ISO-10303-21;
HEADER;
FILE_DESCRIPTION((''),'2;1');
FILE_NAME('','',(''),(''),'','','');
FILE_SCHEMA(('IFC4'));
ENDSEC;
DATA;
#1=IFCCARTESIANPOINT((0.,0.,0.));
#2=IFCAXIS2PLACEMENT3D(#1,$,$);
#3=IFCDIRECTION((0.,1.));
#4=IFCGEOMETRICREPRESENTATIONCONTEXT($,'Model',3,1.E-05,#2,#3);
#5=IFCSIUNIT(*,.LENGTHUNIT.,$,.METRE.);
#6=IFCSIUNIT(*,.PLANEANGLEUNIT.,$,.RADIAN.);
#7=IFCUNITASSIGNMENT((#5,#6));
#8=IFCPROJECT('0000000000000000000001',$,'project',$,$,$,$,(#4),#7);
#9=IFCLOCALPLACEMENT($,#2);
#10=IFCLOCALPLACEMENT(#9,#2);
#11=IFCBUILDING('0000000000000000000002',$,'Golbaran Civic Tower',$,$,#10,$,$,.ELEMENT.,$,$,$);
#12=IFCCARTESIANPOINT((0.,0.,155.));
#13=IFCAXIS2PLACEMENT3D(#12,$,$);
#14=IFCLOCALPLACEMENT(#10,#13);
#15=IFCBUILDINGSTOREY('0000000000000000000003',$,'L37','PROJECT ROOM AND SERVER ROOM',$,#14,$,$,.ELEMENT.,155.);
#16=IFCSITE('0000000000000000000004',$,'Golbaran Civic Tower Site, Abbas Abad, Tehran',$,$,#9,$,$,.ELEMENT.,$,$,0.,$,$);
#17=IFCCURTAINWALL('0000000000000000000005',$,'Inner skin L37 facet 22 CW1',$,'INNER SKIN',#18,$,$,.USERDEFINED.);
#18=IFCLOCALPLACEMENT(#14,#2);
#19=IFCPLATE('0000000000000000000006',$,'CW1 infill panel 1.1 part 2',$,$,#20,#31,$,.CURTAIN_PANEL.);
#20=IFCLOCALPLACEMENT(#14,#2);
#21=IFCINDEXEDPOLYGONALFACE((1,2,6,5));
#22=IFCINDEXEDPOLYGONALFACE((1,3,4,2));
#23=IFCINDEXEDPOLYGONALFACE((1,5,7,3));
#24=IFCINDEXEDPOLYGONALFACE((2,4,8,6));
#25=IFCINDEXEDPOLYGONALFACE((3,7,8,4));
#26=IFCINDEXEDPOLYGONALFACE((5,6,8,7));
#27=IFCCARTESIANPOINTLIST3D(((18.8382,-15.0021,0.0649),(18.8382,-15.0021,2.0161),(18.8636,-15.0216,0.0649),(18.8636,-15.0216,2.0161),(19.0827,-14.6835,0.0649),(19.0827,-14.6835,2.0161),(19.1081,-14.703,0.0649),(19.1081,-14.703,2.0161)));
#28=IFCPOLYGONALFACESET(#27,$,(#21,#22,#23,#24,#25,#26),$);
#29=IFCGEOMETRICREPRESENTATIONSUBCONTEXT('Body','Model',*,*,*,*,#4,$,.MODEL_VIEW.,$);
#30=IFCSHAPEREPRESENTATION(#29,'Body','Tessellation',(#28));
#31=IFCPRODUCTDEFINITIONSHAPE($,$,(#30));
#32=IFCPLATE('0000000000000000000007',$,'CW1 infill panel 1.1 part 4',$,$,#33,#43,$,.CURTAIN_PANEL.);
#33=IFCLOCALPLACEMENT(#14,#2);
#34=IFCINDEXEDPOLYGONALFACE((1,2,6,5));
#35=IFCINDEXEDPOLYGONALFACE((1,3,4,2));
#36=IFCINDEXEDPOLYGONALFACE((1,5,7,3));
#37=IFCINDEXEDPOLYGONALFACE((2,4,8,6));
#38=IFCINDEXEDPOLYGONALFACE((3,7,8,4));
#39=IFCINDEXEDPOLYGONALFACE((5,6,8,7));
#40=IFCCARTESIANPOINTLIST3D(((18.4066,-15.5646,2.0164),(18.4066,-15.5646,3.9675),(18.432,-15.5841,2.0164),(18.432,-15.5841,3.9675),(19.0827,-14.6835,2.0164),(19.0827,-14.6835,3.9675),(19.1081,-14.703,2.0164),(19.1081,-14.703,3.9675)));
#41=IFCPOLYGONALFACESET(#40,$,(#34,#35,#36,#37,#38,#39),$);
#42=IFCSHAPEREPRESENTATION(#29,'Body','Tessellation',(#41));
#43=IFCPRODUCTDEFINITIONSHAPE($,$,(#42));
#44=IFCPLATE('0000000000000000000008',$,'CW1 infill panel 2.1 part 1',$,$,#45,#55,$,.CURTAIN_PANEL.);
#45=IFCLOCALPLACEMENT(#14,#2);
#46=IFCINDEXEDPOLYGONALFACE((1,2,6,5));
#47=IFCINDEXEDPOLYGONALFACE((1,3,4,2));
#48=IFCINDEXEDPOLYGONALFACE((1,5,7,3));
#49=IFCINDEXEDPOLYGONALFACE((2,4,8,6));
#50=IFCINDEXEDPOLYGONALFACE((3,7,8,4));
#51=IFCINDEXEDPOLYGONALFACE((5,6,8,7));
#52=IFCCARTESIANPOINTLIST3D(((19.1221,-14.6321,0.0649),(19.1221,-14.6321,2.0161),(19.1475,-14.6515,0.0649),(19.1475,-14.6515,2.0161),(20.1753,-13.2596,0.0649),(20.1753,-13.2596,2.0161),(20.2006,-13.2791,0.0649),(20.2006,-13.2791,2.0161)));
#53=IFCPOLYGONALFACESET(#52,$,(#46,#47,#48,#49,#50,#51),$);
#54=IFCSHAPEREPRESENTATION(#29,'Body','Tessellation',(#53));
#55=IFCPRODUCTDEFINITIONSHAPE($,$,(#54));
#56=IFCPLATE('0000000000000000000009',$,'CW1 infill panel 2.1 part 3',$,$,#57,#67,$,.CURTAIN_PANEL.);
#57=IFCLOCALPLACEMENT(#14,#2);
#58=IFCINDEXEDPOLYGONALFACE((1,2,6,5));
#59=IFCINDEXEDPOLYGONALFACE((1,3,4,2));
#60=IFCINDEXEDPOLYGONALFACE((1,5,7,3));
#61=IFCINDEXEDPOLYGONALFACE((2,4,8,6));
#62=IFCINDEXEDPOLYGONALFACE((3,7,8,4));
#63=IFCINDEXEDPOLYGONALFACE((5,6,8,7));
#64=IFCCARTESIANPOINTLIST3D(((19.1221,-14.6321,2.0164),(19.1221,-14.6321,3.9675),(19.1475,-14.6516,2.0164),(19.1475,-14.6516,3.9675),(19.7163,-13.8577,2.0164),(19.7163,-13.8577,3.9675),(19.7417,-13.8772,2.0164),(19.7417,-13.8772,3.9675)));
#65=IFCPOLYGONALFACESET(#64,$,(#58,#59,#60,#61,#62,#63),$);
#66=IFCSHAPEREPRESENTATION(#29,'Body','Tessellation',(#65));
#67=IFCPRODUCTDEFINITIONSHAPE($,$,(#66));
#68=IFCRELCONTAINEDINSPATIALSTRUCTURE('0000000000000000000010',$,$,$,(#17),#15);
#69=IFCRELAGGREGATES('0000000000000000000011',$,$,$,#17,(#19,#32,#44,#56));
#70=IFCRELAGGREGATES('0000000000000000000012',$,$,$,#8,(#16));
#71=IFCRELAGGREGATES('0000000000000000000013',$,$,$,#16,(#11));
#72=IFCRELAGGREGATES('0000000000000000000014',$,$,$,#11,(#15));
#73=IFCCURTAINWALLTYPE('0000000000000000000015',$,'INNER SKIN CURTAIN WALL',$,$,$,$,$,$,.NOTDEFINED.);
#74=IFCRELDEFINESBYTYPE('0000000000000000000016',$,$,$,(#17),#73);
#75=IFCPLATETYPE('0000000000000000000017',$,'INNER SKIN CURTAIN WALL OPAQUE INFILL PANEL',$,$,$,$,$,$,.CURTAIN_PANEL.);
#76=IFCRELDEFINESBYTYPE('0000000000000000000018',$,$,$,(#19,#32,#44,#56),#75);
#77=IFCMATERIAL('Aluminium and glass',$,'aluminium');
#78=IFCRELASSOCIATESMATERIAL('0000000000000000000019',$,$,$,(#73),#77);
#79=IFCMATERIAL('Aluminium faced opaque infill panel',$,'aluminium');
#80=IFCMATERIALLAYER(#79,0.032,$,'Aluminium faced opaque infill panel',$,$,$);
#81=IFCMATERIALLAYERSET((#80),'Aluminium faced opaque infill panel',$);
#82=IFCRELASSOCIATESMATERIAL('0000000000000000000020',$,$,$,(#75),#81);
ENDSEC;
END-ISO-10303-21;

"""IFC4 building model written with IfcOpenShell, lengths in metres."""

from ifc_helpers import new_model, si_unit, direction, frame, origin, origin_2d, place, context, subcontext, project, spatial, rectangle, extrude, material, layer, layer_set, type_object, element, aggregate, save


model = new_model("IFC4")

# Units and contexts
model_context = context("Model", 3, precision=1e-05, world=origin(), true_north=direction((0.0, 1.0)))
body_context = subcontext(model_context, "Body", "Model", "MODEL_VIEW")
ifc_project = project(units=[si_unit("LENGTHUNIT", "METRE"), si_unit("PLANEANGLEUNIT", "RADIAN")], contexts=[model_context])

# Site, building, storey
site_placement = place(None, origin())
site = spatial("IfcSite", under=ifc_project, at=site_placement, Name="Golbaran Civic Tower Site, Abbas Abad, Tehran", CompositionType="ELEMENT", RefElevation=0.0)
building_placement = place(site_placement, origin())
building = spatial("IfcBuilding", under=site, at=building_placement, Name="Golbaran Civic Tower", CompositionType="ELEMENT")
storey_placement = place(building_placement, frame((0.0, 0.0, 155.0)))
storey = spatial("IfcBuildingStorey", under=building, at=storey_placement, Name="L37", Description="PROJECT ROOM AND SERVER ROOM", CompositionType="ELEMENT", Elevation=155.0)

# Shared definitions
ifc_material_1 = material(Name="Aluminium and glass", Category="aluminium")
curtain_wall_type = type_object("IfcCurtainWallType", Name="INNER SKIN CURTAIN WALL", PredefinedType="NOTDEFINED", material=ifc_material_1)

# Curtain wall
curtain_wall_1_placement = place(storey_placement, origin())
curtain_wall_1 = element("IfcCurtainWall", 1, at=curtain_wall_1_placement, inside=storey, type_object=curtain_wall_type, Name="Inner skin L37 facet 22 CW1", ObjectType="INNER SKIN", PredefinedType="USERDEFINED")

# Plates
ifc_material_2 = material(Name="Aluminium faced opaque infill panel", Category="aluminium")
ifc_layer_1 = layer(ifc_material_2, 0.032, Name="Aluminium faced opaque infill panel")
ifc_layer_set_1 = layer_set([ifc_layer_1], Name="Aluminium faced opaque infill panel")
plate_type_1 = type_object("IfcPlateType", Name="INNER SKIN CURTAIN WALL OPAQUE INFILL PANEL", PredefinedType="CURTAIN_PANEL", material=ifc_layer_set_1)
plate_1_placement = place(storey_placement, frame((18.9731, -14.8525, 0.0649), z_axis=(0.0, 0.0, 1.0), x_axis=(0.608761, 0.793353, 0.0)))
plate_1 = element("IfcPlate", 2, at=plate_1_placement, type_object=plate_type_1, Name="CW1 infill panel 1.1 part 2", PredefinedType="CURTAIN_PANEL", context=body_context, shape_type="SweptSolid", body=[
    extrude(rectangle(XDim=0.4016, YDim=0.032, at=origin_2d()), origin(), (0.0, 0.0, 1.0), 1.9512),
])
plate_2_placement = place(storey_placement, frame((18.7573, -15.1338, 2.0164), z_axis=(0.0, 0.0, 1.0), x_axis=(0.608761, 0.793353, 0.0)))
plate_2 = element("IfcPlate", 3, at=plate_2_placement, type_object=plate_type_1, Name="CW1 infill panel 1.1 part 4", PredefinedType="CURTAIN_PANEL", context=body_context, shape_type="SweptSolid", body=[
    extrude(rectangle(XDim=1.1106, YDim=0.032, at=origin_2d()), origin(), (0.0, 0.0, 1.0), 1.9512),
])
plate_3_placement = place(storey_placement, frame((19.6614, -13.9556, 0.0649), z_axis=(0.0, 0.0, 1.0), x_axis=(0.608761, 0.793353, 0.0)))
plate_3 = element("IfcPlate", 4, at=plate_3_placement, type_object=plate_type_1, Name="CW1 infill panel 2.1 part 1", PredefinedType="CURTAIN_PANEL", context=body_context, shape_type="SweptSolid", body=[
    extrude(rectangle(XDim=1.73, YDim=0.032, at=origin_2d()), origin(), (0.0, 0.0, 1.0), 1.9512),
])
plate_4_placement = place(storey_placement, frame((19.4319, -14.2546, 2.0164), z_axis=(0.0, 0.0, 1.0), x_axis=(0.608761, 0.793353, 0.0)))
plate_4 = element("IfcPlate", 5, at=plate_4_placement, type_object=plate_type_1, Name="CW1 infill panel 2.1 part 3", PredefinedType="CURTAIN_PANEL", context=body_context, shape_type="SweptSolid", body=[
    extrude(rectangle(XDim=0.9761, YDim=0.032, at=origin_2d()), origin(), (0.0, 0.0, 1.0), 1.9512),
])
aggregate(curtain_wall_1, [plate_1, plate_2, plate_3, plate_4])

save(model, "model.ifc")
